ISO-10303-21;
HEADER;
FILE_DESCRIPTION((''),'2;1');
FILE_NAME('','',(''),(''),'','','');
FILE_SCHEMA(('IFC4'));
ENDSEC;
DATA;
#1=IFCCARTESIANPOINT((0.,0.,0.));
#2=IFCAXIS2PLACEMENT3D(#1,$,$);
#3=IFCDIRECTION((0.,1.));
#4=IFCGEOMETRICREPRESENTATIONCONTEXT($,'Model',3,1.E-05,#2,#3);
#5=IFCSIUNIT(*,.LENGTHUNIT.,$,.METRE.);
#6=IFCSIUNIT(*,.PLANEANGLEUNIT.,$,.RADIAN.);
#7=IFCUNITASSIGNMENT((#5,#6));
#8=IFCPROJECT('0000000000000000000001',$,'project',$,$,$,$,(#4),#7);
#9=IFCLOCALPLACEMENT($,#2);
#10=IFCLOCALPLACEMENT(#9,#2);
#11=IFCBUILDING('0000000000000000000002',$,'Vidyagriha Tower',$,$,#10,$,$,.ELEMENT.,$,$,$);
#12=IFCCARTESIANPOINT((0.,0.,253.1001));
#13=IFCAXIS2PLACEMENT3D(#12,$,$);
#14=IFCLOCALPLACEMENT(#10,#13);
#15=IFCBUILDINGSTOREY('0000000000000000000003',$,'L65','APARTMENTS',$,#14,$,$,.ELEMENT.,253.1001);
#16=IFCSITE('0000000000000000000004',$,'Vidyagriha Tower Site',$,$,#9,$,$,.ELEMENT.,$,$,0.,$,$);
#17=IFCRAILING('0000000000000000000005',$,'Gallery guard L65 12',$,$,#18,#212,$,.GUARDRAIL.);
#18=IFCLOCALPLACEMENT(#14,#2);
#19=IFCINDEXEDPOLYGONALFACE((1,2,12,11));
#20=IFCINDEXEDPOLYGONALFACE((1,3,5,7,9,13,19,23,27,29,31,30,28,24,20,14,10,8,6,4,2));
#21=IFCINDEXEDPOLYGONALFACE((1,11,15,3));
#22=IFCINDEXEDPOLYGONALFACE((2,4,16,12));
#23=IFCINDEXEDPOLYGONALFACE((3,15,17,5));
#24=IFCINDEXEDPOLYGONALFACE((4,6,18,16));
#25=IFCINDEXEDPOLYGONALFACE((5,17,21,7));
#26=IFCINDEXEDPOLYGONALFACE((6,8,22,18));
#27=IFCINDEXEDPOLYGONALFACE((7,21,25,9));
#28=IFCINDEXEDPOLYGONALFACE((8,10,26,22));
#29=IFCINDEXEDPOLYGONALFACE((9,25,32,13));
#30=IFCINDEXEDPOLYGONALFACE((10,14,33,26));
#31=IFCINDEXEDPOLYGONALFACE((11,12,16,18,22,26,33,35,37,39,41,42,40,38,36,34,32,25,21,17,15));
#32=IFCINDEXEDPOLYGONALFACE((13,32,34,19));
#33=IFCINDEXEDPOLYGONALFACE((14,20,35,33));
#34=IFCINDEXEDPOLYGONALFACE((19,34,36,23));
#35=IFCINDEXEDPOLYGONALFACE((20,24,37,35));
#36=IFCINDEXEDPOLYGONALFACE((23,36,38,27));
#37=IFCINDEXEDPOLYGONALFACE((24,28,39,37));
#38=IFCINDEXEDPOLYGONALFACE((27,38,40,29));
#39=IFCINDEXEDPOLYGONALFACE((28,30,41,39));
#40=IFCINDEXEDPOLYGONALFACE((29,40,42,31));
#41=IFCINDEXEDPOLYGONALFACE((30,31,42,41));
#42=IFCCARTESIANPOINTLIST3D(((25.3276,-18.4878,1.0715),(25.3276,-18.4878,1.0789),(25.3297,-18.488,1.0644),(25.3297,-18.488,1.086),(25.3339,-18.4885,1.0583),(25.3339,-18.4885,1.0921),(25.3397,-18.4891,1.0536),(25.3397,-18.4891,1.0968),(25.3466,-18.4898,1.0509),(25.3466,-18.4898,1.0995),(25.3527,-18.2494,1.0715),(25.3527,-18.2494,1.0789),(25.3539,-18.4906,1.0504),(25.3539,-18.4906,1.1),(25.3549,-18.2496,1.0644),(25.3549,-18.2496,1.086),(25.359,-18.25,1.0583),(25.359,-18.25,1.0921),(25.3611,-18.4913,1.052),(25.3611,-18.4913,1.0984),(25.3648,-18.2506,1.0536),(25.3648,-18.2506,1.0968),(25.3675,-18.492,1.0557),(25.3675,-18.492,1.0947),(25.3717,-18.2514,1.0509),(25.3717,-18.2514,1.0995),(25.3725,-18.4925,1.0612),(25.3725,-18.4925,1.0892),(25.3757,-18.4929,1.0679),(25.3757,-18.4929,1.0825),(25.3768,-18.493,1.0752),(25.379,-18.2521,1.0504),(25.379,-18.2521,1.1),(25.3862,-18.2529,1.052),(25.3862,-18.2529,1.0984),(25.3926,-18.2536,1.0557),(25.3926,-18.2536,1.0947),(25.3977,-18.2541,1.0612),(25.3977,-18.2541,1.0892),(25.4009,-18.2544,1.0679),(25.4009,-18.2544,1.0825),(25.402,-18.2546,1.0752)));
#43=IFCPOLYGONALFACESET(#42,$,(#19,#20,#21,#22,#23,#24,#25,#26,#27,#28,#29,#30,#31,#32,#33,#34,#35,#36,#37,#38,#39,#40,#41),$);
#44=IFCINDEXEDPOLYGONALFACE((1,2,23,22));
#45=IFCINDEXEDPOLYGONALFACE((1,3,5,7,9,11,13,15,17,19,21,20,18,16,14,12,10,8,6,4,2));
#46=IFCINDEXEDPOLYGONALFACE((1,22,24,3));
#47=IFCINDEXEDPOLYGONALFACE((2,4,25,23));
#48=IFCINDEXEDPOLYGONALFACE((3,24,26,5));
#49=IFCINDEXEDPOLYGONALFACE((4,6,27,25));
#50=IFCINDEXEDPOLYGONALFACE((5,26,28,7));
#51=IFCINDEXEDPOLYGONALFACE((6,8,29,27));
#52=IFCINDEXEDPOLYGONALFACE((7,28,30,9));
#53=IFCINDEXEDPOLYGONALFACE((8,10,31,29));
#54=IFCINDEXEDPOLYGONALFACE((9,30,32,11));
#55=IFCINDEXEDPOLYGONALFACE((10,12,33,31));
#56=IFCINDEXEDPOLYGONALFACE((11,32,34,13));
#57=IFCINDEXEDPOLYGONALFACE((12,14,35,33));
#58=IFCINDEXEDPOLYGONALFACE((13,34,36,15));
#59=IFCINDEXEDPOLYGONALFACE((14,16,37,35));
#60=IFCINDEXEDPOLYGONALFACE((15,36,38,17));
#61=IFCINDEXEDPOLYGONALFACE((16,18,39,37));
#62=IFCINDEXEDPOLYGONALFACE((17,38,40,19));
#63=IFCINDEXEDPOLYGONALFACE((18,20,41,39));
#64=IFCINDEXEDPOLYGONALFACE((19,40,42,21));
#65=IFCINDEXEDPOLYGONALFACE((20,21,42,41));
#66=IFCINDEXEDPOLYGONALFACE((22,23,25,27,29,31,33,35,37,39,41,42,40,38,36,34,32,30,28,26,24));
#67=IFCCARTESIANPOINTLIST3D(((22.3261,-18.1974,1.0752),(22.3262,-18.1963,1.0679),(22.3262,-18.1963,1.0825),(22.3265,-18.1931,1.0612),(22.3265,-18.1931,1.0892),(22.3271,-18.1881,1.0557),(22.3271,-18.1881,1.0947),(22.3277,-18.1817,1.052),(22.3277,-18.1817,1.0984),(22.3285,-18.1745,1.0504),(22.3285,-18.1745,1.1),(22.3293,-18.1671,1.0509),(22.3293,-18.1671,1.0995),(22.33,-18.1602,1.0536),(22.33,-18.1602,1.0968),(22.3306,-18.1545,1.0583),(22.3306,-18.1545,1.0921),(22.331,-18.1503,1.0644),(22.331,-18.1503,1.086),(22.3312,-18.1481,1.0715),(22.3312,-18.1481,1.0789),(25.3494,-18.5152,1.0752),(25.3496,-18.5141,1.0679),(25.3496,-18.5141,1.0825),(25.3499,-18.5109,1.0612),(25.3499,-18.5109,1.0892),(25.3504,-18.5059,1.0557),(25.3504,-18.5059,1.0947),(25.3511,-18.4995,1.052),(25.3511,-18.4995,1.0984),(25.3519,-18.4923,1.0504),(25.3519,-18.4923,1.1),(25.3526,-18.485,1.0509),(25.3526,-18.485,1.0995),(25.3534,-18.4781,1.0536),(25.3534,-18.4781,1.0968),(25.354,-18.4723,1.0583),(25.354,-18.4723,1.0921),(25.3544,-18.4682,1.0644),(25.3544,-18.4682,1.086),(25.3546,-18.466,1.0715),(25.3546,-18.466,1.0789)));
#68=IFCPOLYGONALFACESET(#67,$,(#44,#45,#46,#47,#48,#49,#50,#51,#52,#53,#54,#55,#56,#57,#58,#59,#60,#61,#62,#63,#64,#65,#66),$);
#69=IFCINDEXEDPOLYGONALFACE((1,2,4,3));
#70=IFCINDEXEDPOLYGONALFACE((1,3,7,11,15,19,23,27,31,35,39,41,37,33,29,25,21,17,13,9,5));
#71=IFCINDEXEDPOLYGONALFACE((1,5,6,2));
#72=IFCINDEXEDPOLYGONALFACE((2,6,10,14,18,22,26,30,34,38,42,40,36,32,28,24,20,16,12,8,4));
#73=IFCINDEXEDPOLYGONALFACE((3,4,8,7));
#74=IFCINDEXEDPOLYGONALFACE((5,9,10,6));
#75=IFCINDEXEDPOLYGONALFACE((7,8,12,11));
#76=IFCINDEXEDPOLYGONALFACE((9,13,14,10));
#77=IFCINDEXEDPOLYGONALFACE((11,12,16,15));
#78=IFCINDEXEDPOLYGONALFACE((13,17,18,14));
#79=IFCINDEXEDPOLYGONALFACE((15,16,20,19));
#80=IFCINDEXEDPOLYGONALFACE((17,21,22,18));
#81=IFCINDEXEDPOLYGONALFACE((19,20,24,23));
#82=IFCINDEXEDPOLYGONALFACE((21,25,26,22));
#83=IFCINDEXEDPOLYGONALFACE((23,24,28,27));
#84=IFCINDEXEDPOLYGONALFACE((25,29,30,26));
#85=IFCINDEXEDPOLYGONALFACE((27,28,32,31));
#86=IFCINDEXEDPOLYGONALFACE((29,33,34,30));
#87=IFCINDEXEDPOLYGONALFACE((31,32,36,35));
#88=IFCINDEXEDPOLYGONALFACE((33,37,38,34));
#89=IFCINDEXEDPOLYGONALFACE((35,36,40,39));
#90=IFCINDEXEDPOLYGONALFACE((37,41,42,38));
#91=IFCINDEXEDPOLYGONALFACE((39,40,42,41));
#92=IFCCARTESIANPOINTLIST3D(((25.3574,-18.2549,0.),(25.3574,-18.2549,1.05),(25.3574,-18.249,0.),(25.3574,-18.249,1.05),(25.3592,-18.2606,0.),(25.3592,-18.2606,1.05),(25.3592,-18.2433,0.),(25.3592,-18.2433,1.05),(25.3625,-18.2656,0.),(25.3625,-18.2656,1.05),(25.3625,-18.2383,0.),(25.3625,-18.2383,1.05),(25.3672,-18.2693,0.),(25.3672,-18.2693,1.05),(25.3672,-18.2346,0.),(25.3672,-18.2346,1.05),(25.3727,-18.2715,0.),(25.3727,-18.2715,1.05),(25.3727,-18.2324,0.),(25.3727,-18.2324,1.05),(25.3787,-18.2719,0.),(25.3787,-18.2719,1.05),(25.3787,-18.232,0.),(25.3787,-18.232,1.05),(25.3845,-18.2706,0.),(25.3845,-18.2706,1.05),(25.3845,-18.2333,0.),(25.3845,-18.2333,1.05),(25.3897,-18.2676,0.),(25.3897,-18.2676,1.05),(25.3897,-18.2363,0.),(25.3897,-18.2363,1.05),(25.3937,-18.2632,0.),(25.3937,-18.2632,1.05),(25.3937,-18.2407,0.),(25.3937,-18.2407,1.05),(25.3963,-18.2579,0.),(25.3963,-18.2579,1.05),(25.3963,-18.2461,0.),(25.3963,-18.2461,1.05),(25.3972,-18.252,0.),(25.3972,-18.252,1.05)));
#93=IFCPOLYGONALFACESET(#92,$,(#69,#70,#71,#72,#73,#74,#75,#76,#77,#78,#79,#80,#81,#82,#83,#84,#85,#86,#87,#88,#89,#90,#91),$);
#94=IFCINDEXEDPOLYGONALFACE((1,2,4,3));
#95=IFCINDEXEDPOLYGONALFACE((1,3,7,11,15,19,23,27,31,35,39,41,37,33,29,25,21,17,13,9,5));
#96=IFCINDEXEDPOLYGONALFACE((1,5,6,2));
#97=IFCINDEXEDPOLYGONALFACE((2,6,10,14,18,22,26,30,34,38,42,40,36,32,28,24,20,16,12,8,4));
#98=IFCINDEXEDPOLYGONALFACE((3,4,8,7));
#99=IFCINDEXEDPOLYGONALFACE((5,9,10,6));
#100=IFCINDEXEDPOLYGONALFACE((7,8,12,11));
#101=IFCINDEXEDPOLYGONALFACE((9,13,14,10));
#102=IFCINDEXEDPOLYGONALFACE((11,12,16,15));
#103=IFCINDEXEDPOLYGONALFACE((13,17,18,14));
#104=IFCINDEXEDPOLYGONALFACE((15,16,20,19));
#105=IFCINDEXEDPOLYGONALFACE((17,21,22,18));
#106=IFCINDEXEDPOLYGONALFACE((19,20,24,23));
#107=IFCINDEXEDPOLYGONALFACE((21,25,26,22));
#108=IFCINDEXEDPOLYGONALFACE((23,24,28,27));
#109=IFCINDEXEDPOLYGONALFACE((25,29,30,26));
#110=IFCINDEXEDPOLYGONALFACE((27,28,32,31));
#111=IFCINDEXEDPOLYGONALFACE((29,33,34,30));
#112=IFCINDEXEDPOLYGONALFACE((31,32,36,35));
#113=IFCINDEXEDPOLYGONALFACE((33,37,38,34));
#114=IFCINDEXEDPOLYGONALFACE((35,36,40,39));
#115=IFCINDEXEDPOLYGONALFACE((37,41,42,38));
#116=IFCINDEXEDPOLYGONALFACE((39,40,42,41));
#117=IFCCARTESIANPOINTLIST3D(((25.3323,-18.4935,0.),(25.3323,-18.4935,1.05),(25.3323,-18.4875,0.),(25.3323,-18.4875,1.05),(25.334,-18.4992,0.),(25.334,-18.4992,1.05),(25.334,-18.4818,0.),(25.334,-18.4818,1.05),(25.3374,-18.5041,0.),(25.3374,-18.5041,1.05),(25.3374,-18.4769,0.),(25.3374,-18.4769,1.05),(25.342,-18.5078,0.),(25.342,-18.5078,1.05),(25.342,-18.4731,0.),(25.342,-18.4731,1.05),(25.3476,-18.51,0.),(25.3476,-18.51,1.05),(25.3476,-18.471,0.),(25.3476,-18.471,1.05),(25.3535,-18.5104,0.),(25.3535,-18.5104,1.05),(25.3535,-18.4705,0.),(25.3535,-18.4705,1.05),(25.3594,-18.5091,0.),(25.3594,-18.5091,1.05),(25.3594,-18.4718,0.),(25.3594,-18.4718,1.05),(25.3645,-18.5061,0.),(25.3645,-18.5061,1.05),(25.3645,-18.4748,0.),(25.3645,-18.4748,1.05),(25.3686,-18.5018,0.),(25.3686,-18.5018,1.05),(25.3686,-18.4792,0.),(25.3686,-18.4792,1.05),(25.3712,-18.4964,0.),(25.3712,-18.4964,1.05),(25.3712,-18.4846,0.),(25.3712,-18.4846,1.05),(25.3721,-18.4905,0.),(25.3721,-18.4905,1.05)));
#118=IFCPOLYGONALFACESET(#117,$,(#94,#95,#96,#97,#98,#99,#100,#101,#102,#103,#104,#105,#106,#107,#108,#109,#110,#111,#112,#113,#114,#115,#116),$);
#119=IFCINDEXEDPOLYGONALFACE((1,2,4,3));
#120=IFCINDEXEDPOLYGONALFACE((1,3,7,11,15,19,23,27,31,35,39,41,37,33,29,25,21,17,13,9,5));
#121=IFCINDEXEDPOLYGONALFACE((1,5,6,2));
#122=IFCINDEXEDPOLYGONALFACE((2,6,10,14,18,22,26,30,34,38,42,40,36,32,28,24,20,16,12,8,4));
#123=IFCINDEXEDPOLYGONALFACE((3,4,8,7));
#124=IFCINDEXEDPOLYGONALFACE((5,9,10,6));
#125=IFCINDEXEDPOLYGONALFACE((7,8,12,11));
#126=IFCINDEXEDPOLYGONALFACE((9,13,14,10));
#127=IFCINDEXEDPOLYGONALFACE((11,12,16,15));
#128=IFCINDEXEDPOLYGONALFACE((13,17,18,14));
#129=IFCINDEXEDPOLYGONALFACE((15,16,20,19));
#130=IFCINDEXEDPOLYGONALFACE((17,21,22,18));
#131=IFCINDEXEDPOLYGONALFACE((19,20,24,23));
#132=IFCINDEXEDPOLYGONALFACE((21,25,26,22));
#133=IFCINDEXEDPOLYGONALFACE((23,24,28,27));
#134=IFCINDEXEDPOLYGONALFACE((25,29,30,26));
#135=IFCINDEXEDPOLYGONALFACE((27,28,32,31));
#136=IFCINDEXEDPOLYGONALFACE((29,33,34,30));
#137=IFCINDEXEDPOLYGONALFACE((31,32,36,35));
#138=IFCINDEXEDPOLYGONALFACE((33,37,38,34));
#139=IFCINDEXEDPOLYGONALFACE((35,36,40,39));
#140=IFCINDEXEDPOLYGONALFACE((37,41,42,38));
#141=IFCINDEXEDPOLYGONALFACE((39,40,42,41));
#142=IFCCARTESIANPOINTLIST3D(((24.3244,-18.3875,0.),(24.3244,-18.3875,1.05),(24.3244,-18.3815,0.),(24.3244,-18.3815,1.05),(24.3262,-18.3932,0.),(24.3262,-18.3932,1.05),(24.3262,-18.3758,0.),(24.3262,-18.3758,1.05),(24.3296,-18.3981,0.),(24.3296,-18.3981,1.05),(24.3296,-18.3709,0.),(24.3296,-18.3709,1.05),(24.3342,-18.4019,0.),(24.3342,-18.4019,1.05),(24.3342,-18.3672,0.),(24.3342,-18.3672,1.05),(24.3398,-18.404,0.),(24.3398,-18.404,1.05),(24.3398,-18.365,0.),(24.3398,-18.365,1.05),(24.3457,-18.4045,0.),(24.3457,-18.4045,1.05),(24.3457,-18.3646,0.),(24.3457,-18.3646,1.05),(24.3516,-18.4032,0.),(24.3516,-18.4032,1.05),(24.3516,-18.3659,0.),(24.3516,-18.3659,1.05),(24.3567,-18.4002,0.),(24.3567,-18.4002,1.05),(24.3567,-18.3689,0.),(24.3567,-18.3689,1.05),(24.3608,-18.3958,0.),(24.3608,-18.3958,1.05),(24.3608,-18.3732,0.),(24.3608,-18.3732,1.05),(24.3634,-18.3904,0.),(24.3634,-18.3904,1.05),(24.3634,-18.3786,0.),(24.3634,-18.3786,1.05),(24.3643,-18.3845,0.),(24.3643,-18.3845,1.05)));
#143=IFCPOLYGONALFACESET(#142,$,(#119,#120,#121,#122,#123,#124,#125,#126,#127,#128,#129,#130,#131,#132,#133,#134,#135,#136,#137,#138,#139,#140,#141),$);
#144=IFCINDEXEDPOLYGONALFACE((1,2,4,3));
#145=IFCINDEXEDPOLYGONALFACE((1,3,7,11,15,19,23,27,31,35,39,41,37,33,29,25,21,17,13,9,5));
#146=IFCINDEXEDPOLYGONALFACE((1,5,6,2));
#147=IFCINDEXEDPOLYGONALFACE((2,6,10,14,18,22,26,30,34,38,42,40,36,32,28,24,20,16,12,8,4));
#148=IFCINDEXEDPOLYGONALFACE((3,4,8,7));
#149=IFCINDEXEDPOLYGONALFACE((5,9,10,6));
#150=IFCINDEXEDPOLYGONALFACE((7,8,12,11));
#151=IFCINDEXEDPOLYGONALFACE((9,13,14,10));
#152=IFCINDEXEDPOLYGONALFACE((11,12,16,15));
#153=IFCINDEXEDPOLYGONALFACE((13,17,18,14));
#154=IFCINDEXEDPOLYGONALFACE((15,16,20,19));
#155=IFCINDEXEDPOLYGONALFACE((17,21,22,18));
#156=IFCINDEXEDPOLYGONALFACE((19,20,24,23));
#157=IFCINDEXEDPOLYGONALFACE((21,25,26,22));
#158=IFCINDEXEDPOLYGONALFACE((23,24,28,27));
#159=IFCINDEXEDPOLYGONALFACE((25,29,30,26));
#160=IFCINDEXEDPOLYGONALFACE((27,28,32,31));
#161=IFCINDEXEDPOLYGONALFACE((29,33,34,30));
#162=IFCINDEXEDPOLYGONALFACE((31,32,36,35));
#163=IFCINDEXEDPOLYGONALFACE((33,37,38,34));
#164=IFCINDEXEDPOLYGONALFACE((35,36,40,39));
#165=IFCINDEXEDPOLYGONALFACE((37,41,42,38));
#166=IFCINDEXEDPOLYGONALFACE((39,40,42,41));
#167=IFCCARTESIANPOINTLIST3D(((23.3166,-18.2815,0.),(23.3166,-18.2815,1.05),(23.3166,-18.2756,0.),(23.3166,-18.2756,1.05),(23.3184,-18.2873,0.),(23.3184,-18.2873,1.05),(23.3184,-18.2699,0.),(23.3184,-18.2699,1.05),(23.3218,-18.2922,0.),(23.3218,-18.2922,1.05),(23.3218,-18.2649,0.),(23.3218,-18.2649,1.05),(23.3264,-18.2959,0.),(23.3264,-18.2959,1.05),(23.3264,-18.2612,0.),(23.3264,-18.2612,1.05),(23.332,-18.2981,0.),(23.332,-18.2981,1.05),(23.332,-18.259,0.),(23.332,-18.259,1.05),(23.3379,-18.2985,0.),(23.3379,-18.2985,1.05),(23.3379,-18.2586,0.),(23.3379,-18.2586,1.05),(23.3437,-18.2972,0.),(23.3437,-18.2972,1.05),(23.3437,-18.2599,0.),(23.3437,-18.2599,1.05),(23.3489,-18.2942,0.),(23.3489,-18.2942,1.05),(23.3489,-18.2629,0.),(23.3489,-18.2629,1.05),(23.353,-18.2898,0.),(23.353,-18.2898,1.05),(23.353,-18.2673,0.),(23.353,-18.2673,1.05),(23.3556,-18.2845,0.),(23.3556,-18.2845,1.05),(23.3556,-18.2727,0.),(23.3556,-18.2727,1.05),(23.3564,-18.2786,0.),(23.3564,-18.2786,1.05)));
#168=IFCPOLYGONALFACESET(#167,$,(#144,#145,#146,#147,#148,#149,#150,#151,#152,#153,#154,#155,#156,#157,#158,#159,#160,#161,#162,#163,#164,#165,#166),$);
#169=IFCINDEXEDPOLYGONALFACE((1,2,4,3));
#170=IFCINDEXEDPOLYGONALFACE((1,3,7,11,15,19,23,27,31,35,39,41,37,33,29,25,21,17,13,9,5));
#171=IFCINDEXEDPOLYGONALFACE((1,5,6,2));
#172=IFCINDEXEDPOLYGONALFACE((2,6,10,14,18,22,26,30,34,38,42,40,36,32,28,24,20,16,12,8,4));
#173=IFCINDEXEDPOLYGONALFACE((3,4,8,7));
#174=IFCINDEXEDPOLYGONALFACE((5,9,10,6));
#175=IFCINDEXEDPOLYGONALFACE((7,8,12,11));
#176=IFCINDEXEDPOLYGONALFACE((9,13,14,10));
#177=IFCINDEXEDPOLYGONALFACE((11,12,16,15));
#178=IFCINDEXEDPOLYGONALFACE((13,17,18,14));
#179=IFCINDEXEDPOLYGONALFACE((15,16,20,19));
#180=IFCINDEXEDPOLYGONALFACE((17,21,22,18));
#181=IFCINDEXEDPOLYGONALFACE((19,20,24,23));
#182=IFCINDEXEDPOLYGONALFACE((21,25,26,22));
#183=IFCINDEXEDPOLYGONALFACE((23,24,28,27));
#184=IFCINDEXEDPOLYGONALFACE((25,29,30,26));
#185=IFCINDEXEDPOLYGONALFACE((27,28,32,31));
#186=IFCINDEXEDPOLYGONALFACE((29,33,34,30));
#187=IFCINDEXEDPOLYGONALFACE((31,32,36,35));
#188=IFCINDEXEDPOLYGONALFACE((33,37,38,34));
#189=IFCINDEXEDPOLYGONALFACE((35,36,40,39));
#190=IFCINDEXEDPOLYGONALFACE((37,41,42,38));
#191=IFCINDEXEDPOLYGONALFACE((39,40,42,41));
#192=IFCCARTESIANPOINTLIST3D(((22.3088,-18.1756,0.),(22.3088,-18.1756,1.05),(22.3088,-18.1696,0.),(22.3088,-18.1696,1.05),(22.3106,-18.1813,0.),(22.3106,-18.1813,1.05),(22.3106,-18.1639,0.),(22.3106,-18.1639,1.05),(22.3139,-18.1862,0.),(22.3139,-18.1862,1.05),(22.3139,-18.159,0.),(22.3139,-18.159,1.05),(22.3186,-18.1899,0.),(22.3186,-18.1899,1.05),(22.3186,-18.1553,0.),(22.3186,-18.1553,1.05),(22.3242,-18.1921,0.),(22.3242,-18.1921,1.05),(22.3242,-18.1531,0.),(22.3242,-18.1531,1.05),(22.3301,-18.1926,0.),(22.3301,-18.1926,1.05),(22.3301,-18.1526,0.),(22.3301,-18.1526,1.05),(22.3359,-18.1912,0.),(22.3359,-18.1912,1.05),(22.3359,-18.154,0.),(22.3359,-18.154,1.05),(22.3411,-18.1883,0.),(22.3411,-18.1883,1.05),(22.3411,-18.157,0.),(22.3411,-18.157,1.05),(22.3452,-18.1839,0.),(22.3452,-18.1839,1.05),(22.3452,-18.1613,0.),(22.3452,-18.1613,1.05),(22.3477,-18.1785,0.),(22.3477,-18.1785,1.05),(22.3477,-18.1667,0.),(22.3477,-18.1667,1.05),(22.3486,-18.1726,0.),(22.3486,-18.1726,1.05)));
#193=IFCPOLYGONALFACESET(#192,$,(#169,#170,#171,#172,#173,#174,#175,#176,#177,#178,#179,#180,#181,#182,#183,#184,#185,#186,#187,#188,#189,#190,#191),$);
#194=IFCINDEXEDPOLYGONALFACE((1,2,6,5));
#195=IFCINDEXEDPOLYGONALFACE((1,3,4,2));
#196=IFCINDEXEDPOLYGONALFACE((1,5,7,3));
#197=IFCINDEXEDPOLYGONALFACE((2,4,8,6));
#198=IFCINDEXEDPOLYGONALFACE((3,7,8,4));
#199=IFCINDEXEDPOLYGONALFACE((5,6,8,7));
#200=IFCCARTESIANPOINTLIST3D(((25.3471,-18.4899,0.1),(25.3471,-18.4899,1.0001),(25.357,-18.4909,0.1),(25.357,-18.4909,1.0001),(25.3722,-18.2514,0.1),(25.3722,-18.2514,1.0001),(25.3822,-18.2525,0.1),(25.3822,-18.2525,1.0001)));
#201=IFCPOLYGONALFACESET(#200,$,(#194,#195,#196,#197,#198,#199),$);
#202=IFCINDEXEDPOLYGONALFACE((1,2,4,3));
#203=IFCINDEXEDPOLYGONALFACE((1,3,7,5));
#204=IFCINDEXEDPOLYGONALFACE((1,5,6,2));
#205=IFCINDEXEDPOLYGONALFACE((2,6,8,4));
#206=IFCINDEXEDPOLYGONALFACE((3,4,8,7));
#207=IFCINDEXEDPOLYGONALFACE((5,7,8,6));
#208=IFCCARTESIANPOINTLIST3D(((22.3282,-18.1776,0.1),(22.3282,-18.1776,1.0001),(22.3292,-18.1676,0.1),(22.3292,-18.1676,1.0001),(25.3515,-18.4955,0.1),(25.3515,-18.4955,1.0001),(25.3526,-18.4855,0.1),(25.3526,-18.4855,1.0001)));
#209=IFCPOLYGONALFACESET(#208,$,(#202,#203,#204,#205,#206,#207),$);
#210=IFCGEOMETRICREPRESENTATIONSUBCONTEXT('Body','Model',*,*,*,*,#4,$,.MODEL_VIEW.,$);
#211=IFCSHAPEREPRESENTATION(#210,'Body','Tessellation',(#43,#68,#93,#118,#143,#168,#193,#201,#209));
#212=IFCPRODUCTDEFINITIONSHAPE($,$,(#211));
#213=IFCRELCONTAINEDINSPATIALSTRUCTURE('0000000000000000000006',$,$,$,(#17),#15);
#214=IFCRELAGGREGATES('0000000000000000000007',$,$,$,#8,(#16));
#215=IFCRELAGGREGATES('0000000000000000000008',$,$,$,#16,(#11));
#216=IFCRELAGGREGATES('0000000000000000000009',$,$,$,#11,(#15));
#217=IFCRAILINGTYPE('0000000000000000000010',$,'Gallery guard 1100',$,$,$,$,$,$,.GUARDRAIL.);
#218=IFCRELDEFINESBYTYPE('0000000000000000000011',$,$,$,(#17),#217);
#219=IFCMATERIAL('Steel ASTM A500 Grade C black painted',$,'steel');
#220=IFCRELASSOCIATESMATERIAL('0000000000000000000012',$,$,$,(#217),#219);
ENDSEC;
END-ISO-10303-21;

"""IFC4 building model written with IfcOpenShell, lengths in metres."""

from ifc_helpers import new_model, si_unit, direction, frame, origin, origin_2d, place, context, subcontext, project, spatial, rectangle, circle, extrude, material, type_object, element, save


model = new_model("IFC4")

# Units and contexts
model_context = context("Model", 3, precision=1e-05, world=origin(), true_north=direction((0.0, 1.0)))
body_context = subcontext(model_context, "Body", "Model", "MODEL_VIEW")
ifc_project = project(units=[si_unit("LENGTHUNIT", "METRE"), si_unit("PLANEANGLEUNIT", "RADIAN")], contexts=[model_context])

# Site, building, storey
site_placement = place(None, origin())
site = spatial("IfcSite", under=ifc_project, at=site_placement, Name="Vidyagriha Tower Site", CompositionType="ELEMENT", RefElevation=0.0)
building_placement = place(site_placement, origin())
building = spatial("IfcBuilding", under=site, at=building_placement, Name="Vidyagriha Tower", CompositionType="ELEMENT")
storey_placement = place(building_placement, frame((0.0, 0.0, 253.1001)))
storey = spatial("IfcBuildingStorey", under=building, at=storey_placement, Name="L65", Description="APARTMENTS", CompositionType="ELEMENT", Elevation=253.1001)

# Railing
ifc_material_1 = material(Name="Steel ASTM A500 Grade C black painted", Category="steel")
railing_type = type_object("IfcRailingType", Name="Gallery guard 1100", PredefinedType="GUARDRAIL", material=ifc_material_1)
railing_1_placement = place(storey_placement, frame((25.3772, -18.252, 0.0)))
element("IfcRailing", 1, at=railing_1_placement, inside=storey, type_object=railing_type, Name="Gallery guard L65 12", PredefinedType="GUARDRAIL", context=body_context, shape_type="SweptSolid", body=[
    extrude(circle(Radius=0.0249, at=origin_2d()), frame((0.0, 0.0, 1.0752), z_axis=(-0.104844, -0.994489, 0.0), x_axis=(0.994489, -0.104844, 0.0)), (0.0, 0.0, 1.0), 0.2397),
    extrude(circle(Radius=0.0249, at=origin_2d()), frame((-0.0251, -0.2385, 1.0752), z_axis=(-0.994519, 0.104559, 0.0), x_axis=(-0.104559, -0.994519, 0.0)), (0.0, 0.0, 1.0), 3.04),
    extrude(circle(Radius=0.02, at=origin_2d()), origin(), (0.0, 0.0, 1.0), 1.05),
    extrude(circle(Radius=0.02, at=origin_2d()), frame((-0.0251, -0.2385, 0.0)), (0.0, 0.0, 1.0), 1.05),
    extrude(circle(Radius=0.02, at=origin_2d()), frame((-1.033, -0.1326, 0.0)), (0.0, 0.0, 1.0), 1.05),
    extrude(circle(Radius=0.02, at=origin_2d()), frame((-2.0408, -0.0266, 0.0)), (0.0, 0.0, 1.0), 1.05),
    extrude(circle(Radius=0.02, at=origin_2d()), frame((-3.0486, 0.0793, 0.0)), (0.0, 0.0, 1.0), 1.05),
    extrude(rectangle(XDim=0.01, YDim=0.9001, at=origin_2d()), frame((0.0, 0.0, 0.55), z_axis=(-0.104844, -0.994489, 0.0), x_axis=(0.994489, -0.104844, 0.0)), (0.0, 0.0, 1.0), 0.2397),
    extrude(rectangle(XDim=0.01, YDim=0.9001, at=origin_2d()), frame((-0.0251, -0.2385, 0.55), z_axis=(-0.994519, 0.104559, 0.0), x_axis=(-0.104559, -0.994519, 0.0)), (0.0, 0.0, 1.0), 3.04),
])

save(model, "model.ifc")
